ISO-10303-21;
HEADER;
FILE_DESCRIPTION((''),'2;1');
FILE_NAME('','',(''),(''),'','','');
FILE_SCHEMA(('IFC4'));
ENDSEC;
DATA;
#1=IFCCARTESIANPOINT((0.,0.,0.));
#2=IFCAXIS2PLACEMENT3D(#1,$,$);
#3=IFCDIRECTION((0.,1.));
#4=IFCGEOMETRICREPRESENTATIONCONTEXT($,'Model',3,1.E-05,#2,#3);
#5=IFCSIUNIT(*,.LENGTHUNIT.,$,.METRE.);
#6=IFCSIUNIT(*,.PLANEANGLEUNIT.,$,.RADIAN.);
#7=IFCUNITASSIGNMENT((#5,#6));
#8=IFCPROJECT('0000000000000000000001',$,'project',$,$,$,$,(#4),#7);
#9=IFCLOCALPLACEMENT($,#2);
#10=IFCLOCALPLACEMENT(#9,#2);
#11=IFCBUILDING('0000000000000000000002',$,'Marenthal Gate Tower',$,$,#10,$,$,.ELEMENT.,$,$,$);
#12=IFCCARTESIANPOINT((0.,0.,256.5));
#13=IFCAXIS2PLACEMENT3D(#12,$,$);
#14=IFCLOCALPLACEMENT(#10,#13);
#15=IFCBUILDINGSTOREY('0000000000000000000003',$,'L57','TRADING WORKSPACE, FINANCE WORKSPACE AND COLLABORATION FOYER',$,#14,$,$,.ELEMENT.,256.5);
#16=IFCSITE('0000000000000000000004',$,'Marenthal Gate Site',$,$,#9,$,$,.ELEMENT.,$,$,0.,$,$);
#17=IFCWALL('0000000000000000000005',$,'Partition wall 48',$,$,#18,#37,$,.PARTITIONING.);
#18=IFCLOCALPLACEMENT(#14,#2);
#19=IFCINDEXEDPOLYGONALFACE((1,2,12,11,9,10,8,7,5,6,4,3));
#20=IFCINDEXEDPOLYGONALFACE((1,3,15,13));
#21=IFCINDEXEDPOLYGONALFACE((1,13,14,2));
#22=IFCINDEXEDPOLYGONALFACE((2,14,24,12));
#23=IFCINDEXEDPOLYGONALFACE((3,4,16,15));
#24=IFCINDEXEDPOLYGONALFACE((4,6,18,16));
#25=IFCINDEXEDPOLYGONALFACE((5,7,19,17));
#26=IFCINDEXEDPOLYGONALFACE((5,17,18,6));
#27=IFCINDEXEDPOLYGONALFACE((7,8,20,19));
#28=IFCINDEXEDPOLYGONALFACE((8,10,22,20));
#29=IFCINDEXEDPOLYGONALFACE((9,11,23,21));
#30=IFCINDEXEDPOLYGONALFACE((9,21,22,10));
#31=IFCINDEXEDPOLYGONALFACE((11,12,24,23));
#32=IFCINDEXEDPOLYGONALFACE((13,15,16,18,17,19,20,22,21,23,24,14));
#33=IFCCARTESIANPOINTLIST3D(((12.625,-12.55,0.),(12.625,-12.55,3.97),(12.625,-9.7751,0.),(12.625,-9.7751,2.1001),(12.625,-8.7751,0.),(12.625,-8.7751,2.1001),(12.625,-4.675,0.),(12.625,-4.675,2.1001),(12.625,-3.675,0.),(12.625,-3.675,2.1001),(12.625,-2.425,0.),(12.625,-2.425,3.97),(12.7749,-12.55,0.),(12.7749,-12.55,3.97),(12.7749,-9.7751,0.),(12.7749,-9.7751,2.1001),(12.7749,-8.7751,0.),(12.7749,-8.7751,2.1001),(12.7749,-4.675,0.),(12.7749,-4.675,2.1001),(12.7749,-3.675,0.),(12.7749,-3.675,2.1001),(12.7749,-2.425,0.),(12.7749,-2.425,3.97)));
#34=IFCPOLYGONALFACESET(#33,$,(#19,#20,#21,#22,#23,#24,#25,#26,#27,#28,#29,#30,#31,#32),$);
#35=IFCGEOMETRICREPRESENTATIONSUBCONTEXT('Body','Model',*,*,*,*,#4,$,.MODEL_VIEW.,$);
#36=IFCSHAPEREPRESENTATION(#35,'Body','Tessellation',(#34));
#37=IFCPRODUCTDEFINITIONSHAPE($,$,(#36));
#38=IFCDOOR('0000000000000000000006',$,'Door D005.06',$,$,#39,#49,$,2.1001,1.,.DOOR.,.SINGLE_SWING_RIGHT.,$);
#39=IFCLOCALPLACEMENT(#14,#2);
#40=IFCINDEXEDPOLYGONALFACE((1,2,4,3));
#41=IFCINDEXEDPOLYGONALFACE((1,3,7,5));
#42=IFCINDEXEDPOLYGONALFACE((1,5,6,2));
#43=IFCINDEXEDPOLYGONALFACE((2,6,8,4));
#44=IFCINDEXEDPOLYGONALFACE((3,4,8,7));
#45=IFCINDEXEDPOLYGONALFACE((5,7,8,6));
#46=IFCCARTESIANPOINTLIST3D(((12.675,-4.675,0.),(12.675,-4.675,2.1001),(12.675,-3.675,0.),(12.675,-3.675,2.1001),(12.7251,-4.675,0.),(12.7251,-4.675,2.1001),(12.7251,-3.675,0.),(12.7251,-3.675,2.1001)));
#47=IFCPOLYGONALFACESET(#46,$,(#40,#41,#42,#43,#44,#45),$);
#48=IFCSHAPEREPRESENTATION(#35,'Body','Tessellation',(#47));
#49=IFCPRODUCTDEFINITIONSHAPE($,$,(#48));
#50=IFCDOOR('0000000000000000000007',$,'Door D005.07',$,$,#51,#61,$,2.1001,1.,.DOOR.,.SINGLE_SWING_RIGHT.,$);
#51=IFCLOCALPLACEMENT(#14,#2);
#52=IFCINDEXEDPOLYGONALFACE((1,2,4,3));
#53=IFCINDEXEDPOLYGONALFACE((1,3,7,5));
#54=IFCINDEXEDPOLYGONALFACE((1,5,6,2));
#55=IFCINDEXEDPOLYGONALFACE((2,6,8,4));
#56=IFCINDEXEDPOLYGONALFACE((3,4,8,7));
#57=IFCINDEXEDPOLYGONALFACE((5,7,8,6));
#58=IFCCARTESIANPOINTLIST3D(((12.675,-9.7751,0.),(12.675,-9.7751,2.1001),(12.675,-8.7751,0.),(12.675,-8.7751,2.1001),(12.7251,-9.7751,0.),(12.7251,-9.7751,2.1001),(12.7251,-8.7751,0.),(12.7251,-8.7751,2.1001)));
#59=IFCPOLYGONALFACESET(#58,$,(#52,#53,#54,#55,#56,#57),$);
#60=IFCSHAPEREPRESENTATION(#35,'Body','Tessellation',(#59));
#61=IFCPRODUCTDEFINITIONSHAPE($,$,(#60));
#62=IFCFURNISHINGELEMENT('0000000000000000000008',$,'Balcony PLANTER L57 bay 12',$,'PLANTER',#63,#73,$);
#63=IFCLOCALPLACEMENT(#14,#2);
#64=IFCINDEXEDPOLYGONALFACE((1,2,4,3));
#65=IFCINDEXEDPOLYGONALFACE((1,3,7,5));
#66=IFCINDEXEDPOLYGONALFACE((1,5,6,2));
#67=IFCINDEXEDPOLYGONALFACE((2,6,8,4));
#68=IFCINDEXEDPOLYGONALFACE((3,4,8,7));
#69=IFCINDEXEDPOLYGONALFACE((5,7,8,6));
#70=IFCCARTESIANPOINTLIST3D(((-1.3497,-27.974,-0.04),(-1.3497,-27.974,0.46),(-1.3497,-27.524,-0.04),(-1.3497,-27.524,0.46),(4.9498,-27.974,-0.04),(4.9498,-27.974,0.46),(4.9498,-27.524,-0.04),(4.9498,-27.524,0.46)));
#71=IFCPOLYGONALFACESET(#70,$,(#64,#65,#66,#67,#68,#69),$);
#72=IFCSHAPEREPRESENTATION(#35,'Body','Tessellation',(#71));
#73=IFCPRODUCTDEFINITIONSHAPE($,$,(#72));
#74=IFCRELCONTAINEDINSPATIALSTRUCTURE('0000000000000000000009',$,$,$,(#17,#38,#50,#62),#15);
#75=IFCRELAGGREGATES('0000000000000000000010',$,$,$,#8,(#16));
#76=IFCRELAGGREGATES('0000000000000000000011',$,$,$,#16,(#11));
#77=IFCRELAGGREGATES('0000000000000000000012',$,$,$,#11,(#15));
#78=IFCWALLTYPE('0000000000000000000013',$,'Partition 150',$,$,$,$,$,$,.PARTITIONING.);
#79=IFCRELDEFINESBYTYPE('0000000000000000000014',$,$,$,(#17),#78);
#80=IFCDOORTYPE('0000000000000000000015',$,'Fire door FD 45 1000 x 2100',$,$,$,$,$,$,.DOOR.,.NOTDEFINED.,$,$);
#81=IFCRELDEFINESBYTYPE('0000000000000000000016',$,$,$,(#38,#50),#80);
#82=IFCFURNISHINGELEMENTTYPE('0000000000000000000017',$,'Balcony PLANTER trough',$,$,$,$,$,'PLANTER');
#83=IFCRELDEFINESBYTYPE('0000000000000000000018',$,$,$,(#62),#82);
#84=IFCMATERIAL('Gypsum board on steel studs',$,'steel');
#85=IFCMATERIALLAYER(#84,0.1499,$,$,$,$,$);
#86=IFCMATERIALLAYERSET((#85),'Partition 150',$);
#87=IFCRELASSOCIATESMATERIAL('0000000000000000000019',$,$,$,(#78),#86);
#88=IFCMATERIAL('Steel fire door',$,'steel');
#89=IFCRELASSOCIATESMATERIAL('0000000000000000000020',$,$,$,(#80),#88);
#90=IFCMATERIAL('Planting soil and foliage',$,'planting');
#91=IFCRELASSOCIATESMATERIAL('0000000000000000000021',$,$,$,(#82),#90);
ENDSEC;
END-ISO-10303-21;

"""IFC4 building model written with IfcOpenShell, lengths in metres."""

from ifc_helpers import new_model, si_unit, direction, frame, frame_2d, origin, origin_2d, place, context, subcontext, project, spatial, rectangle, extrude, material, layer, layer_set, type_object, element, fill, save


model = new_model("IFC4")

# Units and contexts
model_context = context("Model", 3, precision=1e-05, world=origin(), true_north=direction((0.0, 1.0)))
body_context = subcontext(model_context, "Body", "Model", "MODEL_VIEW")
ifc_project = project(units=[si_unit("LENGTHUNIT", "METRE"), si_unit("PLANEANGLEUNIT", "RADIAN")], contexts=[model_context])

# Site, building, storey
site_placement = place(None, origin())
site = spatial("IfcSite", under=ifc_project, at=site_placement, Name="Marenthal Gate Site", CompositionType="ELEMENT", RefElevation=0.0)
building_placement = place(site_placement, origin())
building = spatial("IfcBuilding", under=site, at=building_placement, Name="Marenthal Gate Tower", CompositionType="ELEMENT")
storey_placement = place(building_placement, frame((0.0, 0.0, 256.5)))
storey = spatial("IfcBuildingStorey", under=building, at=storey_placement, Name="L57", Description="TRADING WORKSPACE, FINANCE WORKSPACE AND COLLABORATION FOYER", CompositionType="ELEMENT", Elevation=256.5)

# Shared definitions
ifc_material_1 = material(Name="Gypsum board on steel studs", Category="steel")
ifc_layer_1 = layer(ifc_material_1, 0.1499)
ifc_layer_set_1 = layer_set([ifc_layer_1], Name="Partition 150")
wall_type_1 = type_object("IfcWallType", Name="Partition 150", PredefinedType="PARTITIONING", material=ifc_layer_set_1)

# Wall, openings, doors
wall_1_placement = place(storey_placement, frame((12.7, -12.55, 0.0), z_axis=(0.0, 0.0, 1.0), x_axis=(0.0, 1.0, 0.0)))
wall_1 = element("IfcWall", 1, at=wall_1_placement, inside=storey, type_object=wall_type_1, Name="Partition wall 48", PredefinedType="PARTITIONING", context=body_context, shape_type="SweptSolid", body=[
    extrude(rectangle(XDim=10.125, YDim=0.1499, at=frame_2d((5.0625, 0.0))), origin(), (0.0, 0.0, 1.0), 3.97),
])
opening_1_placement = place(wall_1_placement, frame((7.875, 0.0, 0.0)))
opening_1 = element("IfcOpeningElement", 2, at=opening_1_placement, cuts=wall_1, PredefinedType="OPENING", context=body_context, shape_type="SweptSolid", body=[
    extrude(rectangle(XDim=1.0, YDim=2.1001, at=frame_2d((0.5, 1.05))), frame((0.0, 0.085, 0.0), z_axis=(0.0, -1.0, 0.0), x_axis=(1.0, 0.0, 0.0)), (0.0, 0.0, 1.0), 0.1699),
])
opening_2_placement = place(wall_1_placement, frame((2.7749, 0.0, 0.0)))
opening_2 = element("IfcOpeningElement", 3, at=opening_2_placement, cuts=wall_1, PredefinedType="OPENING", context=body_context, shape_type="SweptSolid", body=[
    extrude(rectangle(XDim=1.0, YDim=2.1001, at=frame_2d((0.5, 1.05))), frame((0.0, 0.085, 0.0), z_axis=(0.0, -1.0, 0.0), x_axis=(1.0, 0.0, 0.0)), (0.0, 0.0, 1.0), 0.1699),
])
ifc_material_2 = material(Name="Steel fire door", Category="steel")
door_type_1 = type_object("IfcDoorType", Name="Fire door FD 45 1000 x 2100", OperationType="NOTDEFINED", PredefinedType="DOOR", material=ifc_material_2)
door_1_placement = place(opening_1_placement, origin())
door_1 = element("IfcDoor", 4, at=door_1_placement, inside=storey, type_object=door_type_1, Name="Door D005.06", OperationType="SINGLE_SWING_RIGHT", OverallHeight=2.1001, OverallWidth=1.0, PredefinedType="DOOR", context=body_context, shape_type="SweptSolid", body=[
    extrude(rectangle(XDim=1.0, YDim=2.1001, at=frame_2d((0.5, 1.05))), frame((0.0, 0.0249, 0.0), z_axis=(0.0, -1.0, 0.0), x_axis=(1.0, 0.0, 0.0)), (0.0, 0.0, 1.0), 0.05),
])
fill(opening_1, door_1)
door_2_placement = place(opening_2_placement, origin())
door_2 = element("IfcDoor", 5, at=door_2_placement, inside=storey, type_object=door_type_1, Name="Door D005.07", OperationType="SINGLE_SWING_RIGHT", OverallHeight=2.1001, OverallWidth=1.0, PredefinedType="DOOR", context=body_context, shape_type="SweptSolid", body=[
    extrude(rectangle(XDim=1.0, YDim=2.1001, at=frame_2d((0.5, 1.05))), frame((0.0, 0.0249, 0.0), z_axis=(0.0, -1.0, 0.0), x_axis=(1.0, 0.0, 0.0)), (0.0, 0.0, 1.0), 0.05),
])
fill(opening_2, door_2)

# Furnishing element
ifc_material_3 = material(Name="Planting soil and foliage", Category="planting")
furnishing_element_type = type_object("IfcFurnishingElementType", Name="Balcony PLANTER trough", ElementType="PLANTER", material=ifc_material_3)
furnishing_placement = place(storey_placement, frame((1.8, -27.749, -0.04), z_axis=(0.0, 0.0, 1.0), x_axis=(1.0, 0.0, 0.0)))
element("IfcFurnishingElement", 6, at=furnishing_placement, inside=storey, type_object=furnishing_element_type, Name="Balcony PLANTER L57 bay 12", ObjectType="PLANTER", context=body_context, shape_type="SweptSolid", body=[
    extrude(rectangle(XDim=6.2996, YDim=0.45, at=origin_2d()), origin(), (0.0, 0.0, 1.0), 0.5),
])

save(model, "model.ifc")
